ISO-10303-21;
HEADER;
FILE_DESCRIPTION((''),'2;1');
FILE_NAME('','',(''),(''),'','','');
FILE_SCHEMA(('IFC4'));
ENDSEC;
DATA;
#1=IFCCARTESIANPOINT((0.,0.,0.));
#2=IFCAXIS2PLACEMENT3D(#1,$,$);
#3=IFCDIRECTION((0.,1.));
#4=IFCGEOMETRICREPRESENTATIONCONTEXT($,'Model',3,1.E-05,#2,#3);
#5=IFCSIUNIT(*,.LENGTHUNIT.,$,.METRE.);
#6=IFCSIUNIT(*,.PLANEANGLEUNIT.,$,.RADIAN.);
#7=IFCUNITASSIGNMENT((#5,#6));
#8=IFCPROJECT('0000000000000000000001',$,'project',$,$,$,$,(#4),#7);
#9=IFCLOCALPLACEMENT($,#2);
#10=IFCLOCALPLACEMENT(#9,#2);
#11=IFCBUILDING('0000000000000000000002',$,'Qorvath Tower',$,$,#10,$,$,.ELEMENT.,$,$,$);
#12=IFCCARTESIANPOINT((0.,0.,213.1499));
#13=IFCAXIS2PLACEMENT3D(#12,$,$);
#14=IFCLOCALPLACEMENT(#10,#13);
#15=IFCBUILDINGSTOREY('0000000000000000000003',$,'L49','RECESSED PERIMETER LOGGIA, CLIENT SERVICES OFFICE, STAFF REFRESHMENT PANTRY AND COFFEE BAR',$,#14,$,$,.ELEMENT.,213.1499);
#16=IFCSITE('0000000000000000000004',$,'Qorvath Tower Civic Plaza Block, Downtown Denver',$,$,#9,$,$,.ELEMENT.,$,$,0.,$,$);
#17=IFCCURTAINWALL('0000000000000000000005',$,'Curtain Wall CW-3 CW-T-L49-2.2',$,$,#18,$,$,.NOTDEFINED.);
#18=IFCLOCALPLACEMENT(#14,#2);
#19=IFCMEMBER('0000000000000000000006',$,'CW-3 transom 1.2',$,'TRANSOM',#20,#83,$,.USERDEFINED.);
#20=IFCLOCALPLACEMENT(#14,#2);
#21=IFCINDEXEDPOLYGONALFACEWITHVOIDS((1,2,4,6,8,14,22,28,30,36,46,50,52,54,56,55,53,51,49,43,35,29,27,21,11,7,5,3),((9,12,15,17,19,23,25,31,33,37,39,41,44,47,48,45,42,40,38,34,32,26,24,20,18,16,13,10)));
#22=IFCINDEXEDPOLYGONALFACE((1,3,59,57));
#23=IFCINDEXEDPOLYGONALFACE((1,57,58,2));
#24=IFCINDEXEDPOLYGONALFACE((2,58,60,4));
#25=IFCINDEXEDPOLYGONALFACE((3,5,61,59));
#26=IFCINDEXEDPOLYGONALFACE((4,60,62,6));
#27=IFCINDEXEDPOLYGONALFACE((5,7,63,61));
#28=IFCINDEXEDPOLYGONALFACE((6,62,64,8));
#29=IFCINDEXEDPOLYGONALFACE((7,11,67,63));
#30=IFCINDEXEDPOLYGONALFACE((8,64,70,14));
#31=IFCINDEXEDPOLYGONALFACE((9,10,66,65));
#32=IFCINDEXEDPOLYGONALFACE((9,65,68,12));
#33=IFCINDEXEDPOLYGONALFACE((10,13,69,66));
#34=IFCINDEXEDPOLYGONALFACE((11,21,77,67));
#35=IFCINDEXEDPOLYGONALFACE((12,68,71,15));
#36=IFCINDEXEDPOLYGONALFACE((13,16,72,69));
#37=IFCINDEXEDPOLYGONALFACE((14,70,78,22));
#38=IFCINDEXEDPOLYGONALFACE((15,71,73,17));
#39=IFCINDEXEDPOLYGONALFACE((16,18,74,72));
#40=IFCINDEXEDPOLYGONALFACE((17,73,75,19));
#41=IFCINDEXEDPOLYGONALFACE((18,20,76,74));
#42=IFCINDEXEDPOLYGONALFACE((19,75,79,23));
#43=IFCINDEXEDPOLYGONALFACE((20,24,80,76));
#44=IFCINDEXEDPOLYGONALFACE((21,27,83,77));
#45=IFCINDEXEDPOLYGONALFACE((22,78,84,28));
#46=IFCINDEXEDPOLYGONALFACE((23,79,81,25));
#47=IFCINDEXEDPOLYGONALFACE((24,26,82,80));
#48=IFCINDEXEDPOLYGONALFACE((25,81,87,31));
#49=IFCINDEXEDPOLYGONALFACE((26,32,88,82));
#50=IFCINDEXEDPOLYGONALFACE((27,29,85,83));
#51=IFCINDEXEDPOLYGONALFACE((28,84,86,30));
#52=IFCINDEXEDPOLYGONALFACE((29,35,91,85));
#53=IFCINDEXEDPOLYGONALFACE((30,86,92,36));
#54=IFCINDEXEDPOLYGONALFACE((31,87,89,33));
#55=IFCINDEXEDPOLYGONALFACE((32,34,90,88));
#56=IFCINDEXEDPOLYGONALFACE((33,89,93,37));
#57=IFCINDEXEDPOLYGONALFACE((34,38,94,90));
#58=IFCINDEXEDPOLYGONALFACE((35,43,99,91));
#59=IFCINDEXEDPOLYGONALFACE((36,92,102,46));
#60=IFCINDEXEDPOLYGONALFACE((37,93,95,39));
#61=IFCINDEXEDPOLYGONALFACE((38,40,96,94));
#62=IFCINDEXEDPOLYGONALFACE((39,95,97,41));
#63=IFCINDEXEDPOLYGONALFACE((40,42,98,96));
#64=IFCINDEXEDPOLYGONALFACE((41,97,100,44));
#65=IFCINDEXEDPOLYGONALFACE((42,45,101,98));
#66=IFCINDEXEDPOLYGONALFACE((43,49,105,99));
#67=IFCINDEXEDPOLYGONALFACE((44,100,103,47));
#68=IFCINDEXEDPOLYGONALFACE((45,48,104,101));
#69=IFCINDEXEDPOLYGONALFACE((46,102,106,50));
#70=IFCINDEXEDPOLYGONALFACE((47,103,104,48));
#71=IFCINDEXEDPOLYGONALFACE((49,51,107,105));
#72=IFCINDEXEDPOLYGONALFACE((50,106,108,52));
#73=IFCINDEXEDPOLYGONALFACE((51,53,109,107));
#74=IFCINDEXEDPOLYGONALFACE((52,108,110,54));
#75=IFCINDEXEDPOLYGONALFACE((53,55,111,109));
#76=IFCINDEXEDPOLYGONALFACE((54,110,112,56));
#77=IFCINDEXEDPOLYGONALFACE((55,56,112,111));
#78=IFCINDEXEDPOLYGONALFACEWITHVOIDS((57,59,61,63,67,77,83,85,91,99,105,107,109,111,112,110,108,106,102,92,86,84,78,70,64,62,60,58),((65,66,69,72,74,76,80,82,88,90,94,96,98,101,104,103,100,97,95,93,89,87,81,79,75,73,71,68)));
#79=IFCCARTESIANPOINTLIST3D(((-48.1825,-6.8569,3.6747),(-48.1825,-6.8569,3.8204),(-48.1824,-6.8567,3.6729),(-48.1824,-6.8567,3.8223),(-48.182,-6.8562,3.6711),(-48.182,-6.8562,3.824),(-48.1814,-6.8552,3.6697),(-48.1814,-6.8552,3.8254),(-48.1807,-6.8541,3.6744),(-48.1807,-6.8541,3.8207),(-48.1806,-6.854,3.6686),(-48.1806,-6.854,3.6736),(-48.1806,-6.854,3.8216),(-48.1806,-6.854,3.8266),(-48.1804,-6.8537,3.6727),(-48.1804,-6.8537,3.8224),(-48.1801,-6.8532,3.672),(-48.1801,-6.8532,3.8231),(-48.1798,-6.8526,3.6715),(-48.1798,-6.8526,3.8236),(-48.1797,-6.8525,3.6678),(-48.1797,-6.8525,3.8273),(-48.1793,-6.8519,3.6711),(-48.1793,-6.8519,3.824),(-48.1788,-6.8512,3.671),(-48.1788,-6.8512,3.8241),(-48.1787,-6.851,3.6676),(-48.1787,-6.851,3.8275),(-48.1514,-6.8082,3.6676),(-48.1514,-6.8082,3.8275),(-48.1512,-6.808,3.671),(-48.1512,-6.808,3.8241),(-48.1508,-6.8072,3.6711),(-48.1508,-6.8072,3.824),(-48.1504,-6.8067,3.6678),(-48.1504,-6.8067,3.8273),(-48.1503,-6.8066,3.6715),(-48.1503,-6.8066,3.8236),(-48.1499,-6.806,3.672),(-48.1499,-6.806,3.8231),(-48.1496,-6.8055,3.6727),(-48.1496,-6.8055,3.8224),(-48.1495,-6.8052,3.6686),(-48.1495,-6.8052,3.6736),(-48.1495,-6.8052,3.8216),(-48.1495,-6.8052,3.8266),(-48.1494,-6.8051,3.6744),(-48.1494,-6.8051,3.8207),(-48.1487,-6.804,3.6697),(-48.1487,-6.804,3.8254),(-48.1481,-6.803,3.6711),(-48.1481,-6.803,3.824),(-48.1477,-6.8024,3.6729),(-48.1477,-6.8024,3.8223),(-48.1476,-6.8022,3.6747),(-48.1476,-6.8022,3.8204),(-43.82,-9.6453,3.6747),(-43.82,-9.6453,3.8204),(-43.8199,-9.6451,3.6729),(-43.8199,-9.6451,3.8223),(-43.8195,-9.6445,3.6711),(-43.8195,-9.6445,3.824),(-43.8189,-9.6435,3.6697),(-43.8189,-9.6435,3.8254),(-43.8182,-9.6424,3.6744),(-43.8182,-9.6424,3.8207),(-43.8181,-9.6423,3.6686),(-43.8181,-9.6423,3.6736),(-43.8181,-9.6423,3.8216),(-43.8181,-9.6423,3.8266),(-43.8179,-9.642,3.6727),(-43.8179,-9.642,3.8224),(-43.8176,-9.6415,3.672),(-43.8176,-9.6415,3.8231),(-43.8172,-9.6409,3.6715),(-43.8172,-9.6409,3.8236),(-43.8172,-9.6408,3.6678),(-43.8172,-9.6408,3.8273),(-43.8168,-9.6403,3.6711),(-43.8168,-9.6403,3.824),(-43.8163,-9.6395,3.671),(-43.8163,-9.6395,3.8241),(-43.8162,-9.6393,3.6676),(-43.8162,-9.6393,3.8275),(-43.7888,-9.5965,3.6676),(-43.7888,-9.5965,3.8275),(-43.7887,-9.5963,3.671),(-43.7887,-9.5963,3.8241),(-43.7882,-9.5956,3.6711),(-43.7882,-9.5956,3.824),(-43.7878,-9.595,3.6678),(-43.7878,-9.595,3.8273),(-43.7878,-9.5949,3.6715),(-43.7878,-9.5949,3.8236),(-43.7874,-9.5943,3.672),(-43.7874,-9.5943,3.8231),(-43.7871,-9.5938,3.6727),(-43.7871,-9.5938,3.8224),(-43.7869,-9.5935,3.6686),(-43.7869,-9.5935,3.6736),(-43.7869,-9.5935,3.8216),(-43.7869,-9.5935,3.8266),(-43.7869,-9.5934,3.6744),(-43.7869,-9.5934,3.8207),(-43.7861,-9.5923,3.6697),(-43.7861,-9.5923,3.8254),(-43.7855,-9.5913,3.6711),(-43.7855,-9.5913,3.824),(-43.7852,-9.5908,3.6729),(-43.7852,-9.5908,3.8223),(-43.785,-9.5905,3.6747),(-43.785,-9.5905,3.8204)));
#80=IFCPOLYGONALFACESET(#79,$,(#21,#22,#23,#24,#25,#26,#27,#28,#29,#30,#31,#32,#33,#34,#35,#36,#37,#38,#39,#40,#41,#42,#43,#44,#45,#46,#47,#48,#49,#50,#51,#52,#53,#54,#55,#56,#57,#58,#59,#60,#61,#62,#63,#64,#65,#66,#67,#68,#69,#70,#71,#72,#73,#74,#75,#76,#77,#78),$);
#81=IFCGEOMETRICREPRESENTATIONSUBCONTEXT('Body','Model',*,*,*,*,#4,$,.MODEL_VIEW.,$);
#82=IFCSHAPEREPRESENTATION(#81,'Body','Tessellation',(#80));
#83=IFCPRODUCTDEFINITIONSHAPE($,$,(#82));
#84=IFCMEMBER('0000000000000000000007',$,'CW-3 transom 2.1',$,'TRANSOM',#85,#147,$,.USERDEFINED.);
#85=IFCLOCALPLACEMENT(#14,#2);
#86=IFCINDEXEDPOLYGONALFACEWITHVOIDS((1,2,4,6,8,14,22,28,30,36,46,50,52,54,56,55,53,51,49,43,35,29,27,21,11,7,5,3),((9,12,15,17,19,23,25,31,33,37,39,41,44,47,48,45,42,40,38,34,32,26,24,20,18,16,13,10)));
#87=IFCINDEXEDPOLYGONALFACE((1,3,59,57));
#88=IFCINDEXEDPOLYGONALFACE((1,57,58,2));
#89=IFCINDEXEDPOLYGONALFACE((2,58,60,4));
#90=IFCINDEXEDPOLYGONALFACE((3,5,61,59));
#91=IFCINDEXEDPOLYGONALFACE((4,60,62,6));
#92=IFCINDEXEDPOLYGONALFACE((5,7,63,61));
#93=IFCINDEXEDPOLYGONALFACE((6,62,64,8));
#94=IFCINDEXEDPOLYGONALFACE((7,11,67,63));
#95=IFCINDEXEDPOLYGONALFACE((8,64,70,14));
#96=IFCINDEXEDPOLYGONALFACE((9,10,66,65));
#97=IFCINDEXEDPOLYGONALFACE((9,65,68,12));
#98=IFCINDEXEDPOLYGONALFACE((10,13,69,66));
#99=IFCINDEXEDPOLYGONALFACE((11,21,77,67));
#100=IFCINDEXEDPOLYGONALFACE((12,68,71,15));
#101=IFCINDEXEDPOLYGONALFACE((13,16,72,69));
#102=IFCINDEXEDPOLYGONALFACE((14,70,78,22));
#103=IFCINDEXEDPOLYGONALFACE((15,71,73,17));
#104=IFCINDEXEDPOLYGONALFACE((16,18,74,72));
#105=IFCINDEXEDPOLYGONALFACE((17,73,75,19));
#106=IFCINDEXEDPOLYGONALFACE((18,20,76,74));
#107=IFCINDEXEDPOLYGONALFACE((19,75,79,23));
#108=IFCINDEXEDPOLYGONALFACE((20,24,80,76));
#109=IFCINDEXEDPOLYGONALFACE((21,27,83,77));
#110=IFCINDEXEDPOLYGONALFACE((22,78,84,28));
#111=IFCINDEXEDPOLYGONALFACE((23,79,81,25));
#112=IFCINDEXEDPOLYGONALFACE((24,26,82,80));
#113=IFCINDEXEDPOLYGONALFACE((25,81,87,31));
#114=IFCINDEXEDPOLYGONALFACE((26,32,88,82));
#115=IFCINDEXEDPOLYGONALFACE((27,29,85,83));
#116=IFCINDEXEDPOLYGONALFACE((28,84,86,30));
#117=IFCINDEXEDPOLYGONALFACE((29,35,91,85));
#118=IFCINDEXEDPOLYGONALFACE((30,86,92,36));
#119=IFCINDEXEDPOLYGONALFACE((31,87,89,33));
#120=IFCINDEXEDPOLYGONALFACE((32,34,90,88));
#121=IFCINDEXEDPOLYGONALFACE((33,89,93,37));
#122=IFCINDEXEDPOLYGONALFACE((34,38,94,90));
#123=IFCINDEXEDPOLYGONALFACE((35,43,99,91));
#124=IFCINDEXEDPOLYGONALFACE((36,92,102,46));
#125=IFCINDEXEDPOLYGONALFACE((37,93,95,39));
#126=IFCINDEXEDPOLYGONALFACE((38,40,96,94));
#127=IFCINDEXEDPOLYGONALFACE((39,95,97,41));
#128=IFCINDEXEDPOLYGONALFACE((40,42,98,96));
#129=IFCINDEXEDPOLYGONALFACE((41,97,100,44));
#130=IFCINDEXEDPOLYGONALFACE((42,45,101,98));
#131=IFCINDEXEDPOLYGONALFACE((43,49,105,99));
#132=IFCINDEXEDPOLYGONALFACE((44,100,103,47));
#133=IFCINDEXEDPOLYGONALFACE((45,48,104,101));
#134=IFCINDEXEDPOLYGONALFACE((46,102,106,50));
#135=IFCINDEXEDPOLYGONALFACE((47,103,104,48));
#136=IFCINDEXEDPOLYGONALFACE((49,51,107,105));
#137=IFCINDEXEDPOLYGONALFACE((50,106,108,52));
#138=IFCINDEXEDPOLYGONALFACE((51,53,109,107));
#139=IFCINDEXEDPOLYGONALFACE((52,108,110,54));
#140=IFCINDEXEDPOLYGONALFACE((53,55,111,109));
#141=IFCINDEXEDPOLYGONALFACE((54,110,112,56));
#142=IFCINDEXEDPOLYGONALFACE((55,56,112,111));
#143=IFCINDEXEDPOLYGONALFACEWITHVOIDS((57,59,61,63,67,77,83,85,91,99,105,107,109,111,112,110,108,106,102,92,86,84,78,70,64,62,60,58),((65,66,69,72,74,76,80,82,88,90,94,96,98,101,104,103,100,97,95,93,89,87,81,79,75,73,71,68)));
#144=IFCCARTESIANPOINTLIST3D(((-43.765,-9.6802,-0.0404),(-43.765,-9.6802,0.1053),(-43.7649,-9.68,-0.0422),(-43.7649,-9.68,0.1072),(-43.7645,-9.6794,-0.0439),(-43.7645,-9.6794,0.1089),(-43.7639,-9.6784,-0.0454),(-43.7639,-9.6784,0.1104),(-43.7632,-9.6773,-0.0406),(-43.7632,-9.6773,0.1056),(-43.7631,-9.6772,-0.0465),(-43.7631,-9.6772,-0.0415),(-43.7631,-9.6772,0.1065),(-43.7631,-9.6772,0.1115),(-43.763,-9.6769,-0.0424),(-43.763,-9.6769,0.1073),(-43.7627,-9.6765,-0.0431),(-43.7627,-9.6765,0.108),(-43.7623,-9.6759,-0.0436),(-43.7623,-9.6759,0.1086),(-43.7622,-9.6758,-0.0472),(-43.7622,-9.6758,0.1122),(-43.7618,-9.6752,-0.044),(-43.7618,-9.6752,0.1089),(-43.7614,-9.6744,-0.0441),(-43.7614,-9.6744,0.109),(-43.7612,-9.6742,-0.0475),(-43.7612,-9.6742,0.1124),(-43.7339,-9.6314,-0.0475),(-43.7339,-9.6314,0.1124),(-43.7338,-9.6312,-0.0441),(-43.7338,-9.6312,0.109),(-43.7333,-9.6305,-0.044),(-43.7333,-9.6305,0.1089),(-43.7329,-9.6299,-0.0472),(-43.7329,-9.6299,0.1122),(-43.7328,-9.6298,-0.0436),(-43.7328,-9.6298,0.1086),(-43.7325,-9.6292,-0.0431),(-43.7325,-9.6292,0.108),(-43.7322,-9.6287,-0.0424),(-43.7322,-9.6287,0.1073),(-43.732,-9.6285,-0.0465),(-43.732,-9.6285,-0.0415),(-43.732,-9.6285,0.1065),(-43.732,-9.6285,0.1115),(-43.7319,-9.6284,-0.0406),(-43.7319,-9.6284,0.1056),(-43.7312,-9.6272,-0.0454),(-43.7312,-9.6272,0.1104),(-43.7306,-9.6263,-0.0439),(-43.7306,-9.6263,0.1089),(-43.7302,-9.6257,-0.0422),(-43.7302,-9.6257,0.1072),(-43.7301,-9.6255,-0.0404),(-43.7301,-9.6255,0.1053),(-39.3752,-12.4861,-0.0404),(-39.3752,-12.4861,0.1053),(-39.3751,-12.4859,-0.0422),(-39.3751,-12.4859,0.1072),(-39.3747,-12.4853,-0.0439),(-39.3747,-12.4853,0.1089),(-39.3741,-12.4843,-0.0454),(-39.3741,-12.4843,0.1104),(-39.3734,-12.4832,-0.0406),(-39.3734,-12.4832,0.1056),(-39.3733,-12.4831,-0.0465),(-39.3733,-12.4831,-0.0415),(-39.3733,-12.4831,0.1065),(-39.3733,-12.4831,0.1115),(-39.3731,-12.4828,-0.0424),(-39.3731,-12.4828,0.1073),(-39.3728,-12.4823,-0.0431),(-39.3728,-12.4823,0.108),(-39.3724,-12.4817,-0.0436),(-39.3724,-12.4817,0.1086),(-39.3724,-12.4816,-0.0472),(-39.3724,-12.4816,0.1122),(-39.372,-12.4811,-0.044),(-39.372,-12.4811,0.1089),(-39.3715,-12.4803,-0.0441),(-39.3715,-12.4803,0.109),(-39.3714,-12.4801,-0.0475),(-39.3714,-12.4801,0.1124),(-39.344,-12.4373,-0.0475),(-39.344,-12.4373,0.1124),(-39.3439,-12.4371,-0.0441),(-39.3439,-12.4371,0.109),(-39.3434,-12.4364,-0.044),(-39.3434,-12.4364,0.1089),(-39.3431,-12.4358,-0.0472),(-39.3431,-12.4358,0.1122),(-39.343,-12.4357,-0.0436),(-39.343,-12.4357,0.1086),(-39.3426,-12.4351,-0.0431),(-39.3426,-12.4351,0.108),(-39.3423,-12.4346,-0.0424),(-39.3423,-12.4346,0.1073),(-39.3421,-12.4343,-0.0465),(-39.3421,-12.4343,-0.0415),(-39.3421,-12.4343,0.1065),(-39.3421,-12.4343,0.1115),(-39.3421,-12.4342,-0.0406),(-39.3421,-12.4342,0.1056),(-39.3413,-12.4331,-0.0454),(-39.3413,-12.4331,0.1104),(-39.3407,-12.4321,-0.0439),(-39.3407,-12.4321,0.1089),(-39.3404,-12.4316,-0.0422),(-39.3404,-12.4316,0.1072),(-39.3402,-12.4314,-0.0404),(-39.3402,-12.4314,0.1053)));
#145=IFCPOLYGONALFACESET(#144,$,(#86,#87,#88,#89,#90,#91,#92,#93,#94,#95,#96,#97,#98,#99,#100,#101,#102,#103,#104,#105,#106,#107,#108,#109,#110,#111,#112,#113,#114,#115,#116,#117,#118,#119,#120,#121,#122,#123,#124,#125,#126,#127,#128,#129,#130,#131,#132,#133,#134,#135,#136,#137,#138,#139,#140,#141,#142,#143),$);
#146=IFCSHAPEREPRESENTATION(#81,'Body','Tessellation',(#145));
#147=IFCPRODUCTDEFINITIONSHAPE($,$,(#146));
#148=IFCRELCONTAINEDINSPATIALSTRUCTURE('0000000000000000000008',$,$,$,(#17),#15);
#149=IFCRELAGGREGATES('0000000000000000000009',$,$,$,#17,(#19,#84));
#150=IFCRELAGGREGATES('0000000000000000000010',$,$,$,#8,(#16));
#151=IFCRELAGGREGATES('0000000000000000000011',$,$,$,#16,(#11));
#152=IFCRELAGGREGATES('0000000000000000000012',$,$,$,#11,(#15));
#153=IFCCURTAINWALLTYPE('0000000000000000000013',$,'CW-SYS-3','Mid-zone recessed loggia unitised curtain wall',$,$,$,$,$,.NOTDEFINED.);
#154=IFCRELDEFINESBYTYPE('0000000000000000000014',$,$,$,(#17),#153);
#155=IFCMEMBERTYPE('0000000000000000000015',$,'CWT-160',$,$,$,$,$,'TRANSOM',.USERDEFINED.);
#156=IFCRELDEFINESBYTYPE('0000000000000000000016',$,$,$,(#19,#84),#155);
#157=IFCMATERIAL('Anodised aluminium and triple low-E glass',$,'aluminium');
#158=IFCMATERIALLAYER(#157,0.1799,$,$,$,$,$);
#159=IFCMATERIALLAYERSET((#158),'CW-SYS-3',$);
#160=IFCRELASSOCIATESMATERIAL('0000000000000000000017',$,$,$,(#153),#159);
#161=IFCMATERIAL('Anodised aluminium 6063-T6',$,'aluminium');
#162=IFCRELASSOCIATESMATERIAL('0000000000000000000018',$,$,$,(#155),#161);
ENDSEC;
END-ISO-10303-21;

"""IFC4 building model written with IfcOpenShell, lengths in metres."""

from ifc_helpers import new_model, si_unit, direction, frame, origin, origin_2d, place, context, subcontext, project, spatial, hollow_rectangle, extrude, material, layer, layer_set, material_profile, profile_set, type_object, element, aggregate, save


model = new_model("IFC4")

# Units and contexts
model_context = context("Model", 3, precision=1e-05, world=origin(), true_north=direction((0.0, 1.0)))
body_context = subcontext(model_context, "Body", "Model", "MODEL_VIEW")
ifc_project = project(units=[si_unit("LENGTHUNIT", "METRE"), si_unit("PLANEANGLEUNIT", "RADIAN")], contexts=[model_context])

# Site, building, storey
site_placement = place(None, origin())
site = spatial("IfcSite", under=ifc_project, at=site_placement, Name="Qorvath Tower Civic Plaza Block, Downtown Denver", CompositionType="ELEMENT", RefElevation=0.0)
building_placement = place(site_placement, origin())
building = spatial("IfcBuilding", under=site, at=building_placement, Name="Qorvath Tower", CompositionType="ELEMENT")
storey_placement = place(building_placement, frame((0.0, 0.0, 213.1499)))
storey = spatial("IfcBuildingStorey", under=building, at=storey_placement, Name="L49", Description="RECESSED PERIMETER LOGGIA, CLIENT SERVICES OFFICE, STAFF REFRESHMENT PANTRY AND COFFEE BAR", CompositionType="ELEMENT", Elevation=213.1499)

# Curtain wall
ifc_material_1 = material(Name="Anodised aluminium and triple low-E glass", Category="aluminium")
ifc_layer_1 = layer(ifc_material_1, 0.1799)
ifc_layer_set_1 = layer_set([ifc_layer_1], Name="CW-SYS-3")
curtain_wall_type = type_object("IfcCurtainWallType", Name="CW-SYS-3", Description="Mid-zone recessed loggia unitised curtain wall", PredefinedType="NOTDEFINED", material=ifc_layer_set_1)
curtain_wall_1_placement = place(storey_placement, origin())
curtain_wall_1 = element("IfcCurtainWall", 1, at=curtain_wall_1_placement, inside=storey, type_object=curtain_wall_type, Name="Curtain Wall CW-3 CW-T-L49-2.2", PredefinedType="NOTDEFINED")

# Members
ifc_material_2 = material(Name="Anodised aluminium 6063-T6", Category="aluminium")
ifc_material_profile_1 = material_profile(ifc_material_2, hollow_rectangle(XDim=0.0649, YDim=0.1599, WallThickness=0.0034, InnerFilletRadius=0.0034, OuterFilletRadius=0.0071, at=origin_2d()), Name="CWT 160x65")
ifc_profile_set_1 = profile_set([ifc_material_profile_1], Name="Anodised aluminium 6063-T6")
member_type_1 = type_object("IfcMemberType", Name="CWT-160", ElementType="TRANSOM", PredefinedType="USERDEFINED", material=ifc_profile_set_1)
member_1_placement = place(storey_placement, frame((-48.165, -6.8296, 3.7476), z_axis=(0.842596, -0.538546, 0.0), x_axis=(0.538546, 0.842596, 0.0)))
member_1 = element("IfcMember", 2, at=member_1_placement, type_object=member_type_1, Name="CW-3 transom 1.2", ObjectType="TRANSOM", PredefinedType="USERDEFINED", context=body_context, shape_type="SweptSolid", body=[
    extrude(hollow_rectangle(XDim=0.0649, YDim=0.1599, WallThickness=0.0034, InnerFilletRadius=0.0034, OuterFilletRadius=0.0071, at=origin_2d()), origin(), (0.0, 0.0, 1.0), 5.1775),
])
member_2_placement = place(storey_placement, frame((-43.7476, -9.6528, 0.0325), z_axis=(0.842587, -0.53856, 0.0), x_axis=(0.53856, 0.842587, 0.0)))
member_2 = element("IfcMember", 3, at=member_2_placement, type_object=member_type_1, Name="CW-3 transom 2.1", ObjectType="TRANSOM", PredefinedType="USERDEFINED", context=body_context, shape_type="SweptSolid", body=[
    extrude(hollow_rectangle(XDim=0.0649, YDim=0.1599, WallThickness=0.0034, InnerFilletRadius=0.0034, OuterFilletRadius=0.0071, at=origin_2d()), origin(), (0.0, 0.0, 1.0), 5.21),
])

aggregate(curtain_wall_1, [member_1, member_2])

save(model, "model.ifc")
